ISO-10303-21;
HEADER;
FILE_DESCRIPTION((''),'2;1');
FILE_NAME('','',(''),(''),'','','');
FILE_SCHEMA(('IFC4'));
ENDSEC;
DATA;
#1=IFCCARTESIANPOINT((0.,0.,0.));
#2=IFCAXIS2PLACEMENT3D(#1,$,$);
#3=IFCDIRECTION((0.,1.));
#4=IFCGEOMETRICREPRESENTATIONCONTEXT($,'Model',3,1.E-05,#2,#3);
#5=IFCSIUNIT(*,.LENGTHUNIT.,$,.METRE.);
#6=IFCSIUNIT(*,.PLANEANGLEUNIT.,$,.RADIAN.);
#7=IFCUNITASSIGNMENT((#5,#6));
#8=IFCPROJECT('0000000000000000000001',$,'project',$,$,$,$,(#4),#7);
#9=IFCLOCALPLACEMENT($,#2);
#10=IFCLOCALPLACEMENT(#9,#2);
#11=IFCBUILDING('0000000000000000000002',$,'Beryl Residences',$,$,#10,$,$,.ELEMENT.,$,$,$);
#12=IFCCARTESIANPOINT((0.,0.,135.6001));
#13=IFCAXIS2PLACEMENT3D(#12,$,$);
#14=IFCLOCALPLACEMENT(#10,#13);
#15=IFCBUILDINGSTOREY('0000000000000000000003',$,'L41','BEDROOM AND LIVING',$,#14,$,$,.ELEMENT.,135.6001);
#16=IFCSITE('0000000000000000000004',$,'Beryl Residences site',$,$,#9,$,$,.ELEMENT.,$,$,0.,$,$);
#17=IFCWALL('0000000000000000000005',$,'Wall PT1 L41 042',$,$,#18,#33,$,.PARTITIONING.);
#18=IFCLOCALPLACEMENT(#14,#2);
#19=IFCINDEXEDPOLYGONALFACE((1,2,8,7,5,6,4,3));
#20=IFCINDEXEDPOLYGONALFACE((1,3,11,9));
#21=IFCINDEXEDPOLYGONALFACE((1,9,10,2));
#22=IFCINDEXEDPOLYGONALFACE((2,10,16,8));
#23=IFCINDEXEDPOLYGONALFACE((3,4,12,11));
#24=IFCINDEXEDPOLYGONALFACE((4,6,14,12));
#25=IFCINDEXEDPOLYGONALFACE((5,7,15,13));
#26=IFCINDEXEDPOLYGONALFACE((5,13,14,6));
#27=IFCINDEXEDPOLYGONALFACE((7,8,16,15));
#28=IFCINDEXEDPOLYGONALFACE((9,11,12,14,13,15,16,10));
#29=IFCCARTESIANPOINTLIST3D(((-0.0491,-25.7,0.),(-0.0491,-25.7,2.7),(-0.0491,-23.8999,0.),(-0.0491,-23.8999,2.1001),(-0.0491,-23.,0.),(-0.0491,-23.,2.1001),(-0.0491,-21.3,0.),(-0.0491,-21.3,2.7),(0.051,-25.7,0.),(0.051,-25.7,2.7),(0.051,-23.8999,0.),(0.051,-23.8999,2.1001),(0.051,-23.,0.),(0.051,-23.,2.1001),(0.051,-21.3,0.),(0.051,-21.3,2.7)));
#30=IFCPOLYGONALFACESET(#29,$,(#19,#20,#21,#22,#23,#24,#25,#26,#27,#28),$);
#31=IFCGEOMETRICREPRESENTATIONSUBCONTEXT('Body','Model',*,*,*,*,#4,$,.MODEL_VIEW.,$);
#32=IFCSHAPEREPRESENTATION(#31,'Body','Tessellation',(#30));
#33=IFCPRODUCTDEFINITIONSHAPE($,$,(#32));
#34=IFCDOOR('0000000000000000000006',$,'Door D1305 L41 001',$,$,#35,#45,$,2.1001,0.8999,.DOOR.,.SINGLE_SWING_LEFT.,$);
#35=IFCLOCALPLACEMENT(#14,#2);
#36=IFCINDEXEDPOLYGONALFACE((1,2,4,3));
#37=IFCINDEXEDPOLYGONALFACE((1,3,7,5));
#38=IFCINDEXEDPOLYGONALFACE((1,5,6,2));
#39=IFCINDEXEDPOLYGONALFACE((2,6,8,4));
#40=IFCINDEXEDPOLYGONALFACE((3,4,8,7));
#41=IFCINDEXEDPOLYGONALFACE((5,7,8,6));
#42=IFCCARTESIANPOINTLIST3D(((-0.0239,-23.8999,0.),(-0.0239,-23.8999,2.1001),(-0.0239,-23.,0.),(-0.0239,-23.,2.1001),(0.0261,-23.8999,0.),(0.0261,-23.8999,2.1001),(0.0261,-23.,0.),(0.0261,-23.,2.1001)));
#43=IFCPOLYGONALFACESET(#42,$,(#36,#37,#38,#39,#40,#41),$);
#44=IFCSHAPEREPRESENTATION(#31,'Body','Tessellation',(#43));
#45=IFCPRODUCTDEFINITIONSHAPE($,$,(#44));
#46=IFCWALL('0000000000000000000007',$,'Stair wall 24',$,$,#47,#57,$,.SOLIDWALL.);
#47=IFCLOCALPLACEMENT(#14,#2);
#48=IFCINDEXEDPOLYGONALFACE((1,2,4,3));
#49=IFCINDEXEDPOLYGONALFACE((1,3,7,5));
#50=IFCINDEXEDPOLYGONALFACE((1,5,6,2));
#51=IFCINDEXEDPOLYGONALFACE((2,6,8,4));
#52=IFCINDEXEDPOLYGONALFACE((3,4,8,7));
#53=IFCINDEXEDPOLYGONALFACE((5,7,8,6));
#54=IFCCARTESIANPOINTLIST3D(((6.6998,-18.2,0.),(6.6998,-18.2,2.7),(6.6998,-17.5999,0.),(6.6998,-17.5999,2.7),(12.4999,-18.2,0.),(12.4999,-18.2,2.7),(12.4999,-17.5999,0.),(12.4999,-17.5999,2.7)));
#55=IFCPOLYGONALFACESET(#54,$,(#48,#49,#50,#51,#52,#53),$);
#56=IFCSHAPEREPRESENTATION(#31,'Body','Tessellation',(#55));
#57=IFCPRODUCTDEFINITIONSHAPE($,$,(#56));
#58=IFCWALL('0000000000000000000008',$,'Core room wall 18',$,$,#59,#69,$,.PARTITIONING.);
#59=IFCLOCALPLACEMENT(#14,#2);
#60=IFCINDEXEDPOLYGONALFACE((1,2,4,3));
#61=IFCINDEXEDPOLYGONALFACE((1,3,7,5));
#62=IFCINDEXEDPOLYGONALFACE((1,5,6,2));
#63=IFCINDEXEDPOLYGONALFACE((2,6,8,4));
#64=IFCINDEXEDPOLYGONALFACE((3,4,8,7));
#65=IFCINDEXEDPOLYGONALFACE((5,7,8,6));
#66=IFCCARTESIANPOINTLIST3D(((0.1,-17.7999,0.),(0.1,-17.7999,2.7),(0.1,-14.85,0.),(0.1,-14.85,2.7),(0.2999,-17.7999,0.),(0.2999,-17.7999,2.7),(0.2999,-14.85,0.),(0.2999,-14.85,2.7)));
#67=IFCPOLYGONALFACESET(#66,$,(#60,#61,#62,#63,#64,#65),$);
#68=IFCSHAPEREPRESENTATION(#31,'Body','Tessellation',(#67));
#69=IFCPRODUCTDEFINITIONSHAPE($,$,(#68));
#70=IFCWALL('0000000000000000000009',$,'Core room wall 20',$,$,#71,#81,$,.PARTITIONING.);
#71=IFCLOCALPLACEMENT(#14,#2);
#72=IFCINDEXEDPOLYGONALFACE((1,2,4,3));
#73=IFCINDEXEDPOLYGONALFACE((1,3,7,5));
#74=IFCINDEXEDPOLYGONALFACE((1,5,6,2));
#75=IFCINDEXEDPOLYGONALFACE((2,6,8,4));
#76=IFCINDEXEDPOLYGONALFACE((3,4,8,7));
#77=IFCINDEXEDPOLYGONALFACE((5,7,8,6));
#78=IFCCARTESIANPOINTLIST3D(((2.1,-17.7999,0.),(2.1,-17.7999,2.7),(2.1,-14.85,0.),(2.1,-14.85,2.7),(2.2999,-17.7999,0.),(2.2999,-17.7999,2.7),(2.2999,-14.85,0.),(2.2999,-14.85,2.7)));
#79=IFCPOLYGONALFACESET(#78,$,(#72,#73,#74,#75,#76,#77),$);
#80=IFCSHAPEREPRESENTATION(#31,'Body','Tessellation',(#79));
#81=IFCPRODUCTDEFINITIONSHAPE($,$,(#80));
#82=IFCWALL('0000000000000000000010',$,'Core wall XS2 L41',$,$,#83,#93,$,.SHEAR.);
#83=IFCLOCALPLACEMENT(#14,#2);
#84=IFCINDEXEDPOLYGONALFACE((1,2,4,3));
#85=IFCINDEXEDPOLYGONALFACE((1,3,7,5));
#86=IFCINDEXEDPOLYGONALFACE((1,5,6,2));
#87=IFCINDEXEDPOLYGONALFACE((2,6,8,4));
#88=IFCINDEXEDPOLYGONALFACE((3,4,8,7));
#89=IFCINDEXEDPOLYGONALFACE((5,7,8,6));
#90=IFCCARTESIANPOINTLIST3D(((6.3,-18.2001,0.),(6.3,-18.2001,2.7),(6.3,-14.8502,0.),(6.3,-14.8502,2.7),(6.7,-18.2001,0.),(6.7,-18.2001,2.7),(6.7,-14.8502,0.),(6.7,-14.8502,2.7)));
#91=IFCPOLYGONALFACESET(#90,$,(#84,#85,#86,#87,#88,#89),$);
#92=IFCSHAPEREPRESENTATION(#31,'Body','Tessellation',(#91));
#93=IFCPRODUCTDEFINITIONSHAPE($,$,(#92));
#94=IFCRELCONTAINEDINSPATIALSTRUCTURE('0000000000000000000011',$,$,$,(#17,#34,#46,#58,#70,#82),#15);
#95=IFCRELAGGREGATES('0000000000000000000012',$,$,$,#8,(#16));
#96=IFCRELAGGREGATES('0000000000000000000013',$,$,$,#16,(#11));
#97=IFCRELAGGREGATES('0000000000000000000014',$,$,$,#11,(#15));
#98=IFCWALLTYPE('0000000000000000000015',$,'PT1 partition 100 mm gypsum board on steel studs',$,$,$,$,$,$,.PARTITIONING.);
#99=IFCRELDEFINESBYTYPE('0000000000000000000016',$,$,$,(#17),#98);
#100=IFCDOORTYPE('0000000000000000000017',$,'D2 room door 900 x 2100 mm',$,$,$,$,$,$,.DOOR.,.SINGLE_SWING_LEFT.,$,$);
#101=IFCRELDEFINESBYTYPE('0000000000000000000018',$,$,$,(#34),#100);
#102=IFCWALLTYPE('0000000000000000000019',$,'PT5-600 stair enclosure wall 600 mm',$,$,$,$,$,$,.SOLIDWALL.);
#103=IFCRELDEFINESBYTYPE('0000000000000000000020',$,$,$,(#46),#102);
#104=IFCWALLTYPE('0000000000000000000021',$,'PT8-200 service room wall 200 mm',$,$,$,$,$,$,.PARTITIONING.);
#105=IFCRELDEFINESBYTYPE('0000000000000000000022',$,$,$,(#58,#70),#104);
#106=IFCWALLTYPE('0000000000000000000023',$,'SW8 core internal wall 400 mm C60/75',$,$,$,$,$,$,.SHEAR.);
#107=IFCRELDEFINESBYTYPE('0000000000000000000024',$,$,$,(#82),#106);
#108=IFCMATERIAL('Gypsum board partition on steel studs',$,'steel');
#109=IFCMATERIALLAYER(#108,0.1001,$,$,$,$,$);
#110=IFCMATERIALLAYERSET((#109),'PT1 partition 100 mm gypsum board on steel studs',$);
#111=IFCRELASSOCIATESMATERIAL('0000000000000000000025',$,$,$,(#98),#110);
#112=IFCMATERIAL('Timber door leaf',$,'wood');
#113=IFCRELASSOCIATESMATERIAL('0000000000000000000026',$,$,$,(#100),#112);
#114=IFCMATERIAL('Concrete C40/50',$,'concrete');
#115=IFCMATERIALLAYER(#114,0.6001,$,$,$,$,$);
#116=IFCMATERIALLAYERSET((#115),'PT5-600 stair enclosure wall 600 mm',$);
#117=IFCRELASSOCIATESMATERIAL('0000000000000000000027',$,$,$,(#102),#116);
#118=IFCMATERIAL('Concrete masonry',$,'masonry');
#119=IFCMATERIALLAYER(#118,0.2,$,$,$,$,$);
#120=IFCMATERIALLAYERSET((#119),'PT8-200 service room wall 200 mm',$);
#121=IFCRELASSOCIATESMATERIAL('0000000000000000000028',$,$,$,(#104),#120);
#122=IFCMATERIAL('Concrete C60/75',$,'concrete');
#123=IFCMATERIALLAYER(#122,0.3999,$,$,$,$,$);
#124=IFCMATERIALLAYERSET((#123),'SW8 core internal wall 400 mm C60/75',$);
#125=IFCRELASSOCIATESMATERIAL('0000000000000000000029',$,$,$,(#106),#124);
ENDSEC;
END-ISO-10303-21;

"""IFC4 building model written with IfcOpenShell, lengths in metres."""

from ifc_helpers import new_model, si_unit, direction, frame, frame_2d, origin, place, context, subcontext, project, spatial, rectangle, extrude, material, layer, layer_set, type_object, element, fill, save


model = new_model("IFC4")

# Units and contexts
model_context = context("Model", 3, precision=1e-05, world=origin(), true_north=direction((0.0, 1.0)))
body_context = subcontext(model_context, "Body", "Model", "MODEL_VIEW")
ifc_project = project(units=[si_unit("LENGTHUNIT", "METRE"), si_unit("PLANEANGLEUNIT", "RADIAN")], contexts=[model_context])

# Site, building, storey
site_placement = place(None, origin())
site = spatial("IfcSite", under=ifc_project, at=site_placement, Name="Beryl Residences site", CompositionType="ELEMENT", RefElevation=0.0)
building_placement = place(site_placement, origin())
building = spatial("IfcBuilding", under=site, at=building_placement, Name="Beryl Residences", CompositionType="ELEMENT")
storey_placement = place(building_placement, frame((0.0, 0.0, 135.6001)))
storey = spatial("IfcBuildingStorey", under=building, at=storey_placement, Name="L41", Description="BEDROOM AND LIVING", CompositionType="ELEMENT", Elevation=135.6001)

# Shared definitions
ifc_material_1 = material(Name="Gypsum board partition on steel studs", Category="steel")
ifc_layer_1 = layer(ifc_material_1, 0.1001)
ifc_layer_set_1 = layer_set([ifc_layer_1], Name="PT1 partition 100 mm gypsum board on steel studs")
wall_type_1 = type_object("IfcWallType", Name="PT1 partition 100 mm gypsum board on steel studs", PredefinedType="PARTITIONING", material=ifc_layer_set_1)
ifc_material_2 = material(Name="Timber door leaf", Category="wood")
door_type_1 = type_object("IfcDoorType", Name="D2 room door 900 x 2100 mm", OperationType="SINGLE_SWING_LEFT", PredefinedType="DOOR", material=ifc_material_2)

# Wall, opening, door
wall_1_placement = place(storey_placement, frame((0.001, -25.7, 0.0), z_axis=(0.0, 0.0, 1.0), x_axis=(0.0, 1.0, 0.0)))
wall_1 = element("IfcWall", 1, at=wall_1_placement, inside=storey, type_object=wall_type_1, Name="Wall PT1 L41 042", PredefinedType="PARTITIONING", context=body_context, shape_type="SweptSolid", body=[
    extrude(rectangle(XDim=4.3999, YDim=0.1001, at=frame_2d((2.2, 0.0))), origin(), (0.0, 0.0, 1.0), 2.7),
])
opening_1_placement = place(wall_1_placement, frame((1.8, 0.0, 0.0)))
opening_1 = element("IfcOpeningElement", 2, at=opening_1_placement, cuts=wall_1, PredefinedType="OPENING", context=body_context, shape_type="SweptSolid", body=[
    extrude(rectangle(XDim=0.8999, YDim=2.1001, at=frame_2d((0.45, 1.05))), frame((0.0, 0.0601, 0.0), z_axis=(0.0, -1.0, 0.0), x_axis=(1.0, 0.0, 0.0)), (0.0, 0.0, 1.0), 0.1201),
])
door_1_placement = place(opening_1_placement, origin())
door_1 = element("IfcDoor", 3, at=door_1_placement, inside=storey, type_object=door_type_1, Name="Door D1305 L41 001", OperationType="SINGLE_SWING_LEFT", OverallHeight=2.1001, OverallWidth=0.8999, PredefinedType="DOOR", context=body_context, shape_type="SweptSolid", body=[
    extrude(rectangle(XDim=0.8999, YDim=2.1001, at=frame_2d((0.45, 1.05))), frame((0.0, 0.0249, 0.0), z_axis=(0.0, -1.0, 0.0), x_axis=(1.0, 0.0, 0.0)), (0.0, 0.0, 1.0), 0.05),
])
fill(opening_1, door_1)

# Walls
ifc_material_3 = material(Name="Concrete C40/50", Category="concrete")
ifc_layer_2 = layer(ifc_material_3, 0.6001)
ifc_layer_set_2 = layer_set([ifc_layer_2], Name="PT5-600 stair enclosure wall 600 mm")
wall_type_2 = type_object("IfcWallType", Name="PT5-600 stair enclosure wall 600 mm", PredefinedType="SOLIDWALL", material=ifc_layer_set_2)
wall_2_placement = place(storey_placement, frame((6.7, -17.8999, 0.0), z_axis=(0.0, 0.0, 1.0), x_axis=(1.0, 0.0, 0.0)))
element("IfcWall", 4, at=wall_2_placement, inside=storey, type_object=wall_type_2, Name="Stair wall 24", PredefinedType="SOLIDWALL", context=body_context, shape_type="SweptSolid", body=[
    extrude(rectangle(XDim=5.8, YDim=0.6001, at=frame_2d((2.8999, 0.0))), origin(), (0.0, 0.0, 1.0), 2.7),
])
ifc_material_4 = material(Name="Concrete masonry", Category="masonry")
ifc_layer_3 = layer(ifc_material_4, 0.2)
ifc_layer_set_3 = layer_set([ifc_layer_3], Name="PT8-200 service room wall 200 mm")
wall_type_3 = type_object("IfcWallType", Name="PT8-200 service room wall 200 mm", PredefinedType="PARTITIONING", material=ifc_layer_set_3)
for number, where, z_axis, x_axis, name in (
    (5, (0.2, -17.8, 0.0), (0.0, 0.0, 1.0), (0.0, 1.0, 0.0), "Core room wall 18"),
    (6, (2.2, -17.8, 0.0), (0.0, 0.0, 1.0), (0.0, 1.0, 0.0), "Core room wall 20"),
):
    element("IfcWall", number, at=place(storey_placement, frame(where, z_axis=z_axis, x_axis=x_axis)), inside=storey, type_object=wall_type_3, Name=name, PredefinedType="PARTITIONING", context=body_context, shape_type="SweptSolid", body=[
        extrude(rectangle(XDim=2.95, YDim=0.2, at=frame_2d((1.4751, 0.0))), origin(), (0.0, 0.0, 1.0), 2.7),
    ])
ifc_material_5 = material(Name="Concrete C60/75", Category="concrete")
ifc_layer_4 = layer(ifc_material_5, 0.3999)
ifc_layer_set_4 = layer_set([ifc_layer_4], Name="SW8 core internal wall 400 mm C60/75")
wall_type_4 = type_object("IfcWallType", Name="SW8 core internal wall 400 mm C60/75", PredefinedType="SHEAR", material=ifc_layer_set_4)
wall_3_placement = place(storey_placement, frame((6.5, -18.2, 0.0), z_axis=(0.0, 0.0, 1.0), x_axis=(0.0, 1.0, 0.0)))
element("IfcWall", 7, at=wall_3_placement, inside=storey, type_object=wall_type_4, Name="Core wall XS2 L41", PredefinedType="SHEAR", context=body_context, shape_type="SweptSolid", body=[
    extrude(rectangle(XDim=3.3499, YDim=0.3999, at=frame_2d((1.6748, 0.0))), origin(), (0.0, 0.0, 1.0), 2.7),
])

save(model, "model.ifc")
